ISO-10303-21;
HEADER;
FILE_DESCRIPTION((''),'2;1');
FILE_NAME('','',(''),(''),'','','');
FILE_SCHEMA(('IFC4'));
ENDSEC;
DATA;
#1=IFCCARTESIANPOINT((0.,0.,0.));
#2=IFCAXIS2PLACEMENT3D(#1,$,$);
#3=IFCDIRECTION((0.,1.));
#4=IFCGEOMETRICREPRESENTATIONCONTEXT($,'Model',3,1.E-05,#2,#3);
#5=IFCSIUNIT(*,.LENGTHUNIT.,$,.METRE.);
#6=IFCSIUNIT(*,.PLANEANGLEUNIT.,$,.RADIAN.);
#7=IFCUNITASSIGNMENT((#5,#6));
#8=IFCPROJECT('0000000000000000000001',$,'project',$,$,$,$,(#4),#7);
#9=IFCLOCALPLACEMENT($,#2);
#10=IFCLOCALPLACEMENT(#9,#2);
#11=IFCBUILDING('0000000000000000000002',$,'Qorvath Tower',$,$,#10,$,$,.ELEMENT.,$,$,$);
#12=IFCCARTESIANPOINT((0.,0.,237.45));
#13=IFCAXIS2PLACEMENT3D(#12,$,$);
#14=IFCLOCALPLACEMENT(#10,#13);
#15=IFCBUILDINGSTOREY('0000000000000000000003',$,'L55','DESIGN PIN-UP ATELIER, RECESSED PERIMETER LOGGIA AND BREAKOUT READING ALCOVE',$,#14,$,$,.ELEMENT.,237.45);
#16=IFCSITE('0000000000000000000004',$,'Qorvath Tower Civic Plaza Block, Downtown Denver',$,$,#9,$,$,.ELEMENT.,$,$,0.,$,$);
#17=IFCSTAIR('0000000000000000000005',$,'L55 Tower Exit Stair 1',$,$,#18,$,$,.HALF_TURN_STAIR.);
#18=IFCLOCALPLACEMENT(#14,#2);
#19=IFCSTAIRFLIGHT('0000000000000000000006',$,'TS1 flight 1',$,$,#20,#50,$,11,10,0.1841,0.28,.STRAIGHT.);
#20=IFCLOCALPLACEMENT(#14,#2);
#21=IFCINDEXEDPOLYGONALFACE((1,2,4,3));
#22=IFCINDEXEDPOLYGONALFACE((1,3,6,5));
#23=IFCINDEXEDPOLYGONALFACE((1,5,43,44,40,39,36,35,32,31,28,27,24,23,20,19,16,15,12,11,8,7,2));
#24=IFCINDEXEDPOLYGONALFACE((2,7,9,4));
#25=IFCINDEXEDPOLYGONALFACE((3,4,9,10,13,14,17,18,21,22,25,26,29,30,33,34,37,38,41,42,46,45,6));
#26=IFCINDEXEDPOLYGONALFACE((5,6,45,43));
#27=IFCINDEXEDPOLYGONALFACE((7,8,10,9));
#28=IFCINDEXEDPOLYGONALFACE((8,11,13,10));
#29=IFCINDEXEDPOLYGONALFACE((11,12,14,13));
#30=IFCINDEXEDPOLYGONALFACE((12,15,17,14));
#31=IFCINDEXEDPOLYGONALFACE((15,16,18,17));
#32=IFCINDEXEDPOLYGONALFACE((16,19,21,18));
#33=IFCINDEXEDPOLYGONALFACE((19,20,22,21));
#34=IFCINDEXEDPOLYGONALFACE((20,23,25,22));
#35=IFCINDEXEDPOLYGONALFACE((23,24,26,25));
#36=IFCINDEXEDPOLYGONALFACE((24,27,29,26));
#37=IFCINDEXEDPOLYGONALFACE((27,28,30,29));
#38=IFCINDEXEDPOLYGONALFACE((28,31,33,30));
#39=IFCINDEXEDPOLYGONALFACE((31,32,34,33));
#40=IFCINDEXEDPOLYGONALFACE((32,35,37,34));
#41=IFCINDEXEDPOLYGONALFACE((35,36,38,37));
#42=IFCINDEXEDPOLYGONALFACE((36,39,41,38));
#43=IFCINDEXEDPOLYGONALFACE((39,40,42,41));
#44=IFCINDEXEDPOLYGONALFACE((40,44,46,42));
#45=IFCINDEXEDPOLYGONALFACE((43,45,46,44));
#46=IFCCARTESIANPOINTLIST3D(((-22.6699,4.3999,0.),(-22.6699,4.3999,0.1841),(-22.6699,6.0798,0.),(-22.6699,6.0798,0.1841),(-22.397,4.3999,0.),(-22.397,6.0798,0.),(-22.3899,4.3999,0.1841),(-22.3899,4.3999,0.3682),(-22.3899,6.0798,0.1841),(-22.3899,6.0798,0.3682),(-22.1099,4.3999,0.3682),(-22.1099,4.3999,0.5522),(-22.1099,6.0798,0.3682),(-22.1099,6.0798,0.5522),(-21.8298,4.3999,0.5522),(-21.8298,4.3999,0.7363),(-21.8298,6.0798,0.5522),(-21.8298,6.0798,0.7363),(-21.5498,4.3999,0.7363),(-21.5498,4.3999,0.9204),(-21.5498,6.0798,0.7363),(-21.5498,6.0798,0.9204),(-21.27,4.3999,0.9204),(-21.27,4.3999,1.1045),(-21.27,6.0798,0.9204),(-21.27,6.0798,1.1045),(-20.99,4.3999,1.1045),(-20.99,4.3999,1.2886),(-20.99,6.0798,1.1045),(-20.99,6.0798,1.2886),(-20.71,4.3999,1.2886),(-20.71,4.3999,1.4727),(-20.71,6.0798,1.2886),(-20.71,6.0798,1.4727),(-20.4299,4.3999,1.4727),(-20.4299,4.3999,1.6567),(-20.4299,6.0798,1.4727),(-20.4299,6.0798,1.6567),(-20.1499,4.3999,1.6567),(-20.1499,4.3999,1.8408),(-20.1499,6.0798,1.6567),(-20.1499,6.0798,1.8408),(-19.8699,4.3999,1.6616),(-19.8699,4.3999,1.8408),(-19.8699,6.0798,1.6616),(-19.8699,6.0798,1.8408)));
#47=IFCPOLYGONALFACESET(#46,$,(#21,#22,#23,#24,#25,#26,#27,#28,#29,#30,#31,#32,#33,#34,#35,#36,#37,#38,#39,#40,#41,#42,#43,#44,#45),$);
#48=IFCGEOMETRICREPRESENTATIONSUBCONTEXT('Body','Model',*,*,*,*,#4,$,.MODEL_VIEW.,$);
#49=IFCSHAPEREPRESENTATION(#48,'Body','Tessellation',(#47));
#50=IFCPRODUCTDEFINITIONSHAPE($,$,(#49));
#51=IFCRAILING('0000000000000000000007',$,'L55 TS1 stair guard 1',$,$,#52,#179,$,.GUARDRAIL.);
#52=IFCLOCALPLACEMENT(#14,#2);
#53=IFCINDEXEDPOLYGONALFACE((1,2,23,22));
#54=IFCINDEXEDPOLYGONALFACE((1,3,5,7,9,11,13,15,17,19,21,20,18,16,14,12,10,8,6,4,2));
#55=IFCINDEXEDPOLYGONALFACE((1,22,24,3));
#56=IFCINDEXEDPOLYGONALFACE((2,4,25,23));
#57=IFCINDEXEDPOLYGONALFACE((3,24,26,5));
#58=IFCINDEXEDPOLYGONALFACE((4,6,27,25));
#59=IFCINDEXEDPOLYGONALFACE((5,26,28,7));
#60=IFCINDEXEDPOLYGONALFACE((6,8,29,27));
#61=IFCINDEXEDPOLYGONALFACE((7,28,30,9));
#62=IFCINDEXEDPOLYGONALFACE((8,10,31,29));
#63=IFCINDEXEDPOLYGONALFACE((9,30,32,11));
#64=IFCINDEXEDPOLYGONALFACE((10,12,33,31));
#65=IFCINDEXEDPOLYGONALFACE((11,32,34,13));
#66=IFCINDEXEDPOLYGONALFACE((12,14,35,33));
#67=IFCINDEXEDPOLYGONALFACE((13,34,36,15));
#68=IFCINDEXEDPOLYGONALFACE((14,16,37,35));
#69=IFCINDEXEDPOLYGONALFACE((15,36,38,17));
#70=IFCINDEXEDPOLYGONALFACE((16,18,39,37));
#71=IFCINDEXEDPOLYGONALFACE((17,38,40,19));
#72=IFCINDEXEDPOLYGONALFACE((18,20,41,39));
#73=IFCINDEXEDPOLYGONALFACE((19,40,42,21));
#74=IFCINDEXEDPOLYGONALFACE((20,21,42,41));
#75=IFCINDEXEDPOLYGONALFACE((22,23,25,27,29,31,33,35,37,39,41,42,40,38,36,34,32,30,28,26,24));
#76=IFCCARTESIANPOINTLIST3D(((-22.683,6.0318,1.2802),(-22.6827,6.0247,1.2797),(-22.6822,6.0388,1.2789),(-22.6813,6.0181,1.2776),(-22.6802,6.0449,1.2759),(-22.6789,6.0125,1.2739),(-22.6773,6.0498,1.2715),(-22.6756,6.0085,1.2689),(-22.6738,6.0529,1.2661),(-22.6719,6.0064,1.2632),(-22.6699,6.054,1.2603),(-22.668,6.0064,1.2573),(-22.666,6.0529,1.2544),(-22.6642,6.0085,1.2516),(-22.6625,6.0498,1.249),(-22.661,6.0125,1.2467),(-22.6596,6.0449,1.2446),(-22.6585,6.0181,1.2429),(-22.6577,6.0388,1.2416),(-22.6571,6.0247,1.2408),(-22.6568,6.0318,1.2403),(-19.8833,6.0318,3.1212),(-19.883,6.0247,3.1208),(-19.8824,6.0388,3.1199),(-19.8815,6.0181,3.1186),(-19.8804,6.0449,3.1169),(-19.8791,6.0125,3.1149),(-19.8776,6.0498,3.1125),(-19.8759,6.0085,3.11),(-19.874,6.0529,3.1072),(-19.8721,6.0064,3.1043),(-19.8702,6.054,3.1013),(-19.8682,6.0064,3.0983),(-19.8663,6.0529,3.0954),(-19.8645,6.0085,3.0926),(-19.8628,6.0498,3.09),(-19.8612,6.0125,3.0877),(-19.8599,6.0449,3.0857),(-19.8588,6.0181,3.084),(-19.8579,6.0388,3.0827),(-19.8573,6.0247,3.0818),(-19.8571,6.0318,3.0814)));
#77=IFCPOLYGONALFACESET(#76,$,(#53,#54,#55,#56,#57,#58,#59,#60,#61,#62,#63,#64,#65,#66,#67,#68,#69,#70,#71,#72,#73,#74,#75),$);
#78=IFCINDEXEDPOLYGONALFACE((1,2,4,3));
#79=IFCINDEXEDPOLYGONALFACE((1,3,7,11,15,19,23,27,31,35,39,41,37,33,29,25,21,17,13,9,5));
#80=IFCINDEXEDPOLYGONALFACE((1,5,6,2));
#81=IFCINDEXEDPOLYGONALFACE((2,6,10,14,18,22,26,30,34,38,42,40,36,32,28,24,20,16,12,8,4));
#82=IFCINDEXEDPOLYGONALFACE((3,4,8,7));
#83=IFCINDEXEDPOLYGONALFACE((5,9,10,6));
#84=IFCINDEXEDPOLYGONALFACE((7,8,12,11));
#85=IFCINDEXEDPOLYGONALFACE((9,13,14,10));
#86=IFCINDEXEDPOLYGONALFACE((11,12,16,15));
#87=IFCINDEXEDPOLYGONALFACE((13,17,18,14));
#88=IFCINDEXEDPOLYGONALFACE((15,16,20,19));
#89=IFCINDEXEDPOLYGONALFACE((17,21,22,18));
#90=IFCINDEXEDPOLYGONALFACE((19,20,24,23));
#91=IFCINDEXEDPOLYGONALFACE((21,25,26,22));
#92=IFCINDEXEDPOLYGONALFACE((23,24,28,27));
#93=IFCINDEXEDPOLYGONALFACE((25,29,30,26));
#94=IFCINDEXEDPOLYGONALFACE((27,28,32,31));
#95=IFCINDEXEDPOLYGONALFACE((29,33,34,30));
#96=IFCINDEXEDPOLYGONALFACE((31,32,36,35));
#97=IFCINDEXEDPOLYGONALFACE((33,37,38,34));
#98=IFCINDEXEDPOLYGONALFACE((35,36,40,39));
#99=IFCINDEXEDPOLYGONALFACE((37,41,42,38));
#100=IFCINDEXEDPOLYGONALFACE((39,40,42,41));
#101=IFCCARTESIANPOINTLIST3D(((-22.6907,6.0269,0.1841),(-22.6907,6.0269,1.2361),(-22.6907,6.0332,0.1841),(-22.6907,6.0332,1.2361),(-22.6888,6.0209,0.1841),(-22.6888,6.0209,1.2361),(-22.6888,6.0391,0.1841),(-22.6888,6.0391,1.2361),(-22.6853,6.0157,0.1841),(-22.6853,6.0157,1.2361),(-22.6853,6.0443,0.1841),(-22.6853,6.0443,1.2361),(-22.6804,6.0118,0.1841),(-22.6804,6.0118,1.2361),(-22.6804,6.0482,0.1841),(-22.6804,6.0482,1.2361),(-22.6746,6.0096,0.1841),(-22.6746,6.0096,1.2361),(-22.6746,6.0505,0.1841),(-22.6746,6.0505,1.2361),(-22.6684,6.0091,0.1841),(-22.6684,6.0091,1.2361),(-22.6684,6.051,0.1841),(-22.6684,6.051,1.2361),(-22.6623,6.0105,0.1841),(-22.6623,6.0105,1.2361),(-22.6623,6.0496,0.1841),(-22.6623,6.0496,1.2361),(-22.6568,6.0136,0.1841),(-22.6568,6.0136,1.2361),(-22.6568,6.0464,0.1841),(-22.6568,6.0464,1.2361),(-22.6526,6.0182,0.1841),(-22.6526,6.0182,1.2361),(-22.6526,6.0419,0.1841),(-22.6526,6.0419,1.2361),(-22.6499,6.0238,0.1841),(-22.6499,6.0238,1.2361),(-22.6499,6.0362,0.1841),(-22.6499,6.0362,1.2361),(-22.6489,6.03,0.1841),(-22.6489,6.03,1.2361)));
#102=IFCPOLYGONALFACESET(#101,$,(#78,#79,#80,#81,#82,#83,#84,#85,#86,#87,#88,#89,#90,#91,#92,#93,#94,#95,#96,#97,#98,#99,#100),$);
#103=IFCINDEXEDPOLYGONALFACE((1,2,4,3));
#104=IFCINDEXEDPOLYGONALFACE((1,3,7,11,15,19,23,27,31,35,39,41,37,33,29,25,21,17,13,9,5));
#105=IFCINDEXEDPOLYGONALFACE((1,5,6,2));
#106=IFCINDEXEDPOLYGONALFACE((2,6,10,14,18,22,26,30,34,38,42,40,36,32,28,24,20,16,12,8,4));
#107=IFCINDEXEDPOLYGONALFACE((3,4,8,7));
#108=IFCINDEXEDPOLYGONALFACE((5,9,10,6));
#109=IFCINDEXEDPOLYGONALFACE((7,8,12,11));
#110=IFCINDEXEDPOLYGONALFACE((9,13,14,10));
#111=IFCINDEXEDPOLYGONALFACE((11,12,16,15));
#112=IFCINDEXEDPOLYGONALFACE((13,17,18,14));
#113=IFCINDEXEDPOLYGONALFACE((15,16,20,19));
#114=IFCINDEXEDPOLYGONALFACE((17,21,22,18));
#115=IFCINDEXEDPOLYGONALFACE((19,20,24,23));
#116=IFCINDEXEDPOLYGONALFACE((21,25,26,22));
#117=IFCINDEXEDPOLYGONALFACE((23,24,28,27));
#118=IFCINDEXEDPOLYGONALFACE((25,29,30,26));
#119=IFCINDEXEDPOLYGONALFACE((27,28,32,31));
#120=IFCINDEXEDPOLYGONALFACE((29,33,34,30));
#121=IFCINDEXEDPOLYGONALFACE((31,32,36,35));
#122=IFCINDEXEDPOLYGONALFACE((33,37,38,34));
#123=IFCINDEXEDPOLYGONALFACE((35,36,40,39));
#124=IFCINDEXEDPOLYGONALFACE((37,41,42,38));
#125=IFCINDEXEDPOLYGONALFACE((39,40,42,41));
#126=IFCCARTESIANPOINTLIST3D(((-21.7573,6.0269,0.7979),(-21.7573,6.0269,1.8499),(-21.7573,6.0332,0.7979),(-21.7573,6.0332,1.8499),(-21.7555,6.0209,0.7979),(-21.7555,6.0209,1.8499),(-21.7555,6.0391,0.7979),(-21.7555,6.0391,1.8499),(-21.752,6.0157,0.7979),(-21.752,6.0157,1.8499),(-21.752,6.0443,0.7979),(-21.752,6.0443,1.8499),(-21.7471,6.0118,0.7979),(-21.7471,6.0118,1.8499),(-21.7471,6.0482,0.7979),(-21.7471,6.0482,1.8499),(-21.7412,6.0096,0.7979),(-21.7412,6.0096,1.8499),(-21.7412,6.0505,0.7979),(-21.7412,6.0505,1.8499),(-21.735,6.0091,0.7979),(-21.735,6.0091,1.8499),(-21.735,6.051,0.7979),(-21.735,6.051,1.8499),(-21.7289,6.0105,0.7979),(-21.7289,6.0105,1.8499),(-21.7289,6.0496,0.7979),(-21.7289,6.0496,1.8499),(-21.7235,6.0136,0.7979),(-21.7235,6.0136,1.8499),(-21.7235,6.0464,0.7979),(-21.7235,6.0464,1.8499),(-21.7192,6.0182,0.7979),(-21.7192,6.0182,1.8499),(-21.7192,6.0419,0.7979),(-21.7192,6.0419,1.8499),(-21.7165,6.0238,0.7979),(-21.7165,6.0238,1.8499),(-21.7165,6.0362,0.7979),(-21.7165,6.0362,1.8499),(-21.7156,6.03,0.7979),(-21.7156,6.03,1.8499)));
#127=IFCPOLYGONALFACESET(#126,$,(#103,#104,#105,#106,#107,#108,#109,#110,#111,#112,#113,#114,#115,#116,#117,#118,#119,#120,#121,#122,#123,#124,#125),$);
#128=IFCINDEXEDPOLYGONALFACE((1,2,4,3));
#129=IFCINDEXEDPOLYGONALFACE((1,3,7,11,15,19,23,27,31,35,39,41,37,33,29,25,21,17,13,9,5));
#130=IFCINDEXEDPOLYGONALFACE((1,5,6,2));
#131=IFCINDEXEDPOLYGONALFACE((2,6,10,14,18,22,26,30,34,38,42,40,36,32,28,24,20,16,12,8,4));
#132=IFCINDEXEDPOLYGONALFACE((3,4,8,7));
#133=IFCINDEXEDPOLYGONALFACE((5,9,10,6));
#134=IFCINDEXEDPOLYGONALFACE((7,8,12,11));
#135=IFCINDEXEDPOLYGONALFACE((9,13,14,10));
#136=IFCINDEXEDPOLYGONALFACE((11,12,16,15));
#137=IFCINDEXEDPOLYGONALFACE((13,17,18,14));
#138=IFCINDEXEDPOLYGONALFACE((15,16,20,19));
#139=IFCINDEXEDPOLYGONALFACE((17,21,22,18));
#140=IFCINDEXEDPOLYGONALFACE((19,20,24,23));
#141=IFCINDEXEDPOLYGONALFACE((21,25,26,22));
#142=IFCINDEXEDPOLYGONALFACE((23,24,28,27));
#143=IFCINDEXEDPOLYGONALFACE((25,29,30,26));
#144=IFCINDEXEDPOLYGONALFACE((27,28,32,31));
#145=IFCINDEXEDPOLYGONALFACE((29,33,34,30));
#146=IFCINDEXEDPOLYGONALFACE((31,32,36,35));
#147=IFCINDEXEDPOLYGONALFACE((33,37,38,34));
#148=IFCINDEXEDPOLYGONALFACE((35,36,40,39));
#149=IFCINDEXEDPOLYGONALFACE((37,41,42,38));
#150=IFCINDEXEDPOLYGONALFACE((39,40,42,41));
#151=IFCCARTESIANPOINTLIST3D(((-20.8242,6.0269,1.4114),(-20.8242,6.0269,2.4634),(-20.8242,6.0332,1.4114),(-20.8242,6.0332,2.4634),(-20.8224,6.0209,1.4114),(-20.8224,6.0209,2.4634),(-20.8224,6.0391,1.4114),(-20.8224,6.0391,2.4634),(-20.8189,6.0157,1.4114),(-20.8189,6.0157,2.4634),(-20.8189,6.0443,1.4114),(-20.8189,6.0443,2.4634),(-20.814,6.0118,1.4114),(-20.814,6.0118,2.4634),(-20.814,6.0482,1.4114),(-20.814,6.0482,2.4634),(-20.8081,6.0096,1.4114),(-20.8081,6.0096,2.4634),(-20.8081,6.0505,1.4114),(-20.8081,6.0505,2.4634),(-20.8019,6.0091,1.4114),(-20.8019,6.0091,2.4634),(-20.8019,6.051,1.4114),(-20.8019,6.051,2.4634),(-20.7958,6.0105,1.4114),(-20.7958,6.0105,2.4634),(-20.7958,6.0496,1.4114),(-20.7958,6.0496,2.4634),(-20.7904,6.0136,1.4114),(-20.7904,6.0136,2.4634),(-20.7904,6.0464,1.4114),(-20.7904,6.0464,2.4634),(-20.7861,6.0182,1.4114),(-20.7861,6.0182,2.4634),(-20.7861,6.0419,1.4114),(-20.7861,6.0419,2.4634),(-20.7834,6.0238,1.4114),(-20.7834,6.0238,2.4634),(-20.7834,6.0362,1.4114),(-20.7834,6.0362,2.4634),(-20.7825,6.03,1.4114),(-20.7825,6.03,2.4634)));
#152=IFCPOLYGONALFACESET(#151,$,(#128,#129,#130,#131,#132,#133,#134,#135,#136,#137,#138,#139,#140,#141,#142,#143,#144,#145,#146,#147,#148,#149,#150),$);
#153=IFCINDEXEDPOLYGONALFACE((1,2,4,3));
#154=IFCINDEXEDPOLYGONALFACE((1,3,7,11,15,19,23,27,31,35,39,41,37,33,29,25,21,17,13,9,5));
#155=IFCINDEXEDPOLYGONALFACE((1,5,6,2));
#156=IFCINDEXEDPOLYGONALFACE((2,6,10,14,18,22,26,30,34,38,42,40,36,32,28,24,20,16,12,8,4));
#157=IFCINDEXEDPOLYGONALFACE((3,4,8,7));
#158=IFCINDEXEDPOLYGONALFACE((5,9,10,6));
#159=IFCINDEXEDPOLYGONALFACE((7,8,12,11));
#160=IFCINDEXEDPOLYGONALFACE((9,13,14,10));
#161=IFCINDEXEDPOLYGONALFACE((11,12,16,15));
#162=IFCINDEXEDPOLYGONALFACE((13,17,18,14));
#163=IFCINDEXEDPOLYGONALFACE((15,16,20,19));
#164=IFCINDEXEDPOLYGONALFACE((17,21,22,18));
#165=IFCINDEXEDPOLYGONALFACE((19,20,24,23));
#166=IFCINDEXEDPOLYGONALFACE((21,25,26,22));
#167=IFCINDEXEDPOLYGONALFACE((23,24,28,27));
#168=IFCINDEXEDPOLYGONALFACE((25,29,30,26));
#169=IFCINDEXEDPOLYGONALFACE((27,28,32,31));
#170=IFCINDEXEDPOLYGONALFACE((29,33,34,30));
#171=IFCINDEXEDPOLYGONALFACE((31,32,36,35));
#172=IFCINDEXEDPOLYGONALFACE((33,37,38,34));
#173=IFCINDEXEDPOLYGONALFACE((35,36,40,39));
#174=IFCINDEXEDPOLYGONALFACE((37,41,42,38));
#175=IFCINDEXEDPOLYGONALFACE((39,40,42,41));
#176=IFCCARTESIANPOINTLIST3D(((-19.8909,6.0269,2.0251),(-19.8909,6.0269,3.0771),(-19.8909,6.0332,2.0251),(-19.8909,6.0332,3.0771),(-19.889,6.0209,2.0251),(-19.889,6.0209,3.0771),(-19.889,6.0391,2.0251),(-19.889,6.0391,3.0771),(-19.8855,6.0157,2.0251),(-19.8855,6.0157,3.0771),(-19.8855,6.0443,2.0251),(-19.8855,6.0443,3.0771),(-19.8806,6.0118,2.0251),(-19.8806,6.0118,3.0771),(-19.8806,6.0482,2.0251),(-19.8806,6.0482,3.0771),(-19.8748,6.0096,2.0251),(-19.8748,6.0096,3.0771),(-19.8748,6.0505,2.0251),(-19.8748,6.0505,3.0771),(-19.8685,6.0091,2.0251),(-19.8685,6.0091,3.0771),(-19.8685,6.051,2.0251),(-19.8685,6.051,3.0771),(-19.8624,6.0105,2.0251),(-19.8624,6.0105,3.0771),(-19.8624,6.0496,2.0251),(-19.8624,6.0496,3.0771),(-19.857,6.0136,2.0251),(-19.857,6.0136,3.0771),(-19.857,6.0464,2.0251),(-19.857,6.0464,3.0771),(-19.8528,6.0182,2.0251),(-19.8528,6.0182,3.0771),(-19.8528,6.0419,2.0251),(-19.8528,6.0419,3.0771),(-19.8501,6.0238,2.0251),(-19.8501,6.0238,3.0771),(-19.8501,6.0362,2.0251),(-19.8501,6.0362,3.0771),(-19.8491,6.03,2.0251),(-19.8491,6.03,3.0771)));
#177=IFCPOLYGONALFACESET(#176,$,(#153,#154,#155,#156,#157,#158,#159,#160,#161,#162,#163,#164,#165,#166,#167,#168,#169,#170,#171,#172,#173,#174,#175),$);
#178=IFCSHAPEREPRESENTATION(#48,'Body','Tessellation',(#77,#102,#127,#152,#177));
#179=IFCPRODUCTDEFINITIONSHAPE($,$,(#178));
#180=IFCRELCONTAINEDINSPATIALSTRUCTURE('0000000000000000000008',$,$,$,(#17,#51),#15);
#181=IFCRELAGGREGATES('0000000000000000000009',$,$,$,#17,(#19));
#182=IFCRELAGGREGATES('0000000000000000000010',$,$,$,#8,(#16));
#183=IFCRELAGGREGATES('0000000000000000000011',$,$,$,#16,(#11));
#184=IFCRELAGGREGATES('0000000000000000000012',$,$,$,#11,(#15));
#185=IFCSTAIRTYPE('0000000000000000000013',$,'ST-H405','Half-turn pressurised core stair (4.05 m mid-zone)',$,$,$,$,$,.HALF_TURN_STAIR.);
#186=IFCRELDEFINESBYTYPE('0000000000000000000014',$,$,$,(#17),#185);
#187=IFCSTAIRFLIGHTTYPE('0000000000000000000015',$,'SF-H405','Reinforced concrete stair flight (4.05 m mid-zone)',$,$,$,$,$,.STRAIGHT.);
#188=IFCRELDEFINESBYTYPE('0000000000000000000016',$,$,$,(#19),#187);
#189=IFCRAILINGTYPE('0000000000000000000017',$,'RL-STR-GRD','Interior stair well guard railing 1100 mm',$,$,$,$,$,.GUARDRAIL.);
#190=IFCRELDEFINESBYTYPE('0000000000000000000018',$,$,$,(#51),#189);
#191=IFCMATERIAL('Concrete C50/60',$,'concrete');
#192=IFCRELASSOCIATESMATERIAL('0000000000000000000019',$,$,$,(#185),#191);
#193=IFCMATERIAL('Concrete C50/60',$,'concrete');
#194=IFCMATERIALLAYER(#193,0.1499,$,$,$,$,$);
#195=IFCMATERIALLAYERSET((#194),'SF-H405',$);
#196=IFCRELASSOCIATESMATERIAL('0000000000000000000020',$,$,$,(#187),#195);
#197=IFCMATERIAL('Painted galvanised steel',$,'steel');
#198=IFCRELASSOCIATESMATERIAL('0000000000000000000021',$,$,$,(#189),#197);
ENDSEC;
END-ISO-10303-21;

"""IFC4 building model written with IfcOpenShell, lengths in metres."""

from ifc_helpers import new_model, si_unit, direction, frame, origin, origin_2d, place, context, subcontext, project, spatial, polyline, circle, outline, extrude, material, layer, layer_set, type_object, element, aggregate, save


model = new_model("IFC4")

# Units and contexts
model_context = context("Model", 3, precision=1e-05, world=origin(), true_north=direction((0.0, 1.0)))
body_context = subcontext(model_context, "Body", "Model", "MODEL_VIEW")
ifc_project = project(units=[si_unit("LENGTHUNIT", "METRE"), si_unit("PLANEANGLEUNIT", "RADIAN")], contexts=[model_context])

# Site, building, storey
site_placement = place(None, origin())
site = spatial("IfcSite", under=ifc_project, at=site_placement, Name="Qorvath Tower Civic Plaza Block, Downtown Denver", CompositionType="ELEMENT", RefElevation=0.0)
building_placement = place(site_placement, origin())
building = spatial("IfcBuilding", under=site, at=building_placement, Name="Qorvath Tower", CompositionType="ELEMENT")
storey_placement = place(building_placement, frame((0.0, 0.0, 237.45)))
storey = spatial("IfcBuildingStorey", under=building, at=storey_placement, Name="L55", Description="DESIGN PIN-UP ATELIER, RECESSED PERIMETER LOGGIA AND BREAKOUT READING ALCOVE", CompositionType="ELEMENT", Elevation=237.45)

# Stair, stair flight
ifc_material_1 = material(Name="Concrete C50/60", Category="concrete")
stair_type = type_object("IfcStairType", Name="ST-H405", Description="Half-turn pressurised core stair (4.05 m mid-zone)", PredefinedType="HALF_TURN_STAIR", material=ifc_material_1)
stair_placement = place(storey_placement, origin())
stair = element("IfcStair", 1, at=stair_placement, inside=storey, type_object=stair_type, Name="L55 Tower Exit Stair 1", PredefinedType="HALF_TURN_STAIR")
ifc_material_2 = material(Name="Concrete C50/60", Category="concrete")
ifc_layer_1 = layer(ifc_material_2, 0.1499)
ifc_layer_set_1 = layer_set([ifc_layer_1], Name="SF-H405")
stair_flight_type = type_object("IfcStairFlightType", Name="SF-H405", Description="Reinforced concrete stair flight (4.05 m mid-zone)", PredefinedType="STRAIGHT", material=ifc_layer_set_1)
stair_flight_placement = place(storey_placement, frame((-22.6699, 5.24, 0.0), z_axis=(0.0, 0.0, 1.0), x_axis=(1.0, 0.0, 0.0)))
stair_flight = element("IfcStairFlight", 2, at=stair_flight_placement, type_object=stair_flight_type, Name="TS1 flight 1", NumberOfRisers=11, NumberOfTreads=10, PredefinedType="STRAIGHT", RiserHeight=0.1841, TreadLength=0.28, context=body_context, shape_type="SweptSolid", body=[
    extrude(outline(polyline([(0.0, 0.0), (0.0, 0.1841), (0.28, 0.1841), (0.28, 0.3682), (0.5601, 0.3682), (0.5601, 0.5522), (0.8401, 0.5522), (0.8401, 0.7363), (1.1201, 0.7363), (1.1201, 0.9204), (1.3999, 0.9204), (1.3999, 1.1045), (1.6799, 1.1045), (1.6799, 1.2886), (1.96, 1.2886), (1.96, 1.4727), (2.24, 1.4727), (2.24, 1.6567), (2.52, 1.6567), (2.52, 1.8408), (2.8, 1.8408), (2.8, 2.0249), (2.8, 1.6616), (0.2729, 0.0), (0.0, 0.0)])), frame((0.0, 0.8398, 0.0), z_axis=(0.0, -1.0, 0.0), x_axis=(1.0, 0.0, 0.0)), (0.0, 0.0, 1.0), 1.6799),
])
aggregate(stair, [stair_flight])

# Railing
ifc_material_3 = material(Name="Painted galvanised steel", Category="steel")
railing_type_1 = type_object("IfcRailingType", Name="RL-STR-GRD", Description="Interior stair well guard railing 1100 mm", PredefinedType="GUARDRAIL", material=ifc_material_3)
railing_1_placement = place(storey_placement, frame((-22.6699, 6.03, 0.1841)))
element("IfcRailing", 3, at=railing_1_placement, inside=storey, type_object=railing_type_1, Name="L55 TS1 stair guard 1", PredefinedType="GUARDRAIL", context=body_context, shape_type="SweptSolid", body=[
    extrude(circle(Radius=0.0239, at=origin_2d()), frame((0.0, 0.0, 1.0762), z_axis=(0.835542, 0.0, 0.549426), x_axis=(0.0, 1.0, 0.0)), (0.0, 0.0, 1.0), 3.3508),
    extrude(circle(Radius=0.021, at=origin_2d()), origin(), (0.0, 0.0, 1.0), 1.052),
    extrude(circle(Radius=0.021, at=origin_2d()), frame((0.9333, 0.0, 0.6138)), (0.0, 0.0, 1.0), 1.052),
    extrude(circle(Radius=0.021, at=origin_2d()), frame((1.8665, 0.0, 1.2273)), (0.0, 0.0, 1.0), 1.052),
    extrude(circle(Radius=0.021, at=origin_2d()), frame((2.7998, 0.0, 1.8411)), (0.0, 0.0, 1.0), 1.052),
])

save(model, "model.ifc")
